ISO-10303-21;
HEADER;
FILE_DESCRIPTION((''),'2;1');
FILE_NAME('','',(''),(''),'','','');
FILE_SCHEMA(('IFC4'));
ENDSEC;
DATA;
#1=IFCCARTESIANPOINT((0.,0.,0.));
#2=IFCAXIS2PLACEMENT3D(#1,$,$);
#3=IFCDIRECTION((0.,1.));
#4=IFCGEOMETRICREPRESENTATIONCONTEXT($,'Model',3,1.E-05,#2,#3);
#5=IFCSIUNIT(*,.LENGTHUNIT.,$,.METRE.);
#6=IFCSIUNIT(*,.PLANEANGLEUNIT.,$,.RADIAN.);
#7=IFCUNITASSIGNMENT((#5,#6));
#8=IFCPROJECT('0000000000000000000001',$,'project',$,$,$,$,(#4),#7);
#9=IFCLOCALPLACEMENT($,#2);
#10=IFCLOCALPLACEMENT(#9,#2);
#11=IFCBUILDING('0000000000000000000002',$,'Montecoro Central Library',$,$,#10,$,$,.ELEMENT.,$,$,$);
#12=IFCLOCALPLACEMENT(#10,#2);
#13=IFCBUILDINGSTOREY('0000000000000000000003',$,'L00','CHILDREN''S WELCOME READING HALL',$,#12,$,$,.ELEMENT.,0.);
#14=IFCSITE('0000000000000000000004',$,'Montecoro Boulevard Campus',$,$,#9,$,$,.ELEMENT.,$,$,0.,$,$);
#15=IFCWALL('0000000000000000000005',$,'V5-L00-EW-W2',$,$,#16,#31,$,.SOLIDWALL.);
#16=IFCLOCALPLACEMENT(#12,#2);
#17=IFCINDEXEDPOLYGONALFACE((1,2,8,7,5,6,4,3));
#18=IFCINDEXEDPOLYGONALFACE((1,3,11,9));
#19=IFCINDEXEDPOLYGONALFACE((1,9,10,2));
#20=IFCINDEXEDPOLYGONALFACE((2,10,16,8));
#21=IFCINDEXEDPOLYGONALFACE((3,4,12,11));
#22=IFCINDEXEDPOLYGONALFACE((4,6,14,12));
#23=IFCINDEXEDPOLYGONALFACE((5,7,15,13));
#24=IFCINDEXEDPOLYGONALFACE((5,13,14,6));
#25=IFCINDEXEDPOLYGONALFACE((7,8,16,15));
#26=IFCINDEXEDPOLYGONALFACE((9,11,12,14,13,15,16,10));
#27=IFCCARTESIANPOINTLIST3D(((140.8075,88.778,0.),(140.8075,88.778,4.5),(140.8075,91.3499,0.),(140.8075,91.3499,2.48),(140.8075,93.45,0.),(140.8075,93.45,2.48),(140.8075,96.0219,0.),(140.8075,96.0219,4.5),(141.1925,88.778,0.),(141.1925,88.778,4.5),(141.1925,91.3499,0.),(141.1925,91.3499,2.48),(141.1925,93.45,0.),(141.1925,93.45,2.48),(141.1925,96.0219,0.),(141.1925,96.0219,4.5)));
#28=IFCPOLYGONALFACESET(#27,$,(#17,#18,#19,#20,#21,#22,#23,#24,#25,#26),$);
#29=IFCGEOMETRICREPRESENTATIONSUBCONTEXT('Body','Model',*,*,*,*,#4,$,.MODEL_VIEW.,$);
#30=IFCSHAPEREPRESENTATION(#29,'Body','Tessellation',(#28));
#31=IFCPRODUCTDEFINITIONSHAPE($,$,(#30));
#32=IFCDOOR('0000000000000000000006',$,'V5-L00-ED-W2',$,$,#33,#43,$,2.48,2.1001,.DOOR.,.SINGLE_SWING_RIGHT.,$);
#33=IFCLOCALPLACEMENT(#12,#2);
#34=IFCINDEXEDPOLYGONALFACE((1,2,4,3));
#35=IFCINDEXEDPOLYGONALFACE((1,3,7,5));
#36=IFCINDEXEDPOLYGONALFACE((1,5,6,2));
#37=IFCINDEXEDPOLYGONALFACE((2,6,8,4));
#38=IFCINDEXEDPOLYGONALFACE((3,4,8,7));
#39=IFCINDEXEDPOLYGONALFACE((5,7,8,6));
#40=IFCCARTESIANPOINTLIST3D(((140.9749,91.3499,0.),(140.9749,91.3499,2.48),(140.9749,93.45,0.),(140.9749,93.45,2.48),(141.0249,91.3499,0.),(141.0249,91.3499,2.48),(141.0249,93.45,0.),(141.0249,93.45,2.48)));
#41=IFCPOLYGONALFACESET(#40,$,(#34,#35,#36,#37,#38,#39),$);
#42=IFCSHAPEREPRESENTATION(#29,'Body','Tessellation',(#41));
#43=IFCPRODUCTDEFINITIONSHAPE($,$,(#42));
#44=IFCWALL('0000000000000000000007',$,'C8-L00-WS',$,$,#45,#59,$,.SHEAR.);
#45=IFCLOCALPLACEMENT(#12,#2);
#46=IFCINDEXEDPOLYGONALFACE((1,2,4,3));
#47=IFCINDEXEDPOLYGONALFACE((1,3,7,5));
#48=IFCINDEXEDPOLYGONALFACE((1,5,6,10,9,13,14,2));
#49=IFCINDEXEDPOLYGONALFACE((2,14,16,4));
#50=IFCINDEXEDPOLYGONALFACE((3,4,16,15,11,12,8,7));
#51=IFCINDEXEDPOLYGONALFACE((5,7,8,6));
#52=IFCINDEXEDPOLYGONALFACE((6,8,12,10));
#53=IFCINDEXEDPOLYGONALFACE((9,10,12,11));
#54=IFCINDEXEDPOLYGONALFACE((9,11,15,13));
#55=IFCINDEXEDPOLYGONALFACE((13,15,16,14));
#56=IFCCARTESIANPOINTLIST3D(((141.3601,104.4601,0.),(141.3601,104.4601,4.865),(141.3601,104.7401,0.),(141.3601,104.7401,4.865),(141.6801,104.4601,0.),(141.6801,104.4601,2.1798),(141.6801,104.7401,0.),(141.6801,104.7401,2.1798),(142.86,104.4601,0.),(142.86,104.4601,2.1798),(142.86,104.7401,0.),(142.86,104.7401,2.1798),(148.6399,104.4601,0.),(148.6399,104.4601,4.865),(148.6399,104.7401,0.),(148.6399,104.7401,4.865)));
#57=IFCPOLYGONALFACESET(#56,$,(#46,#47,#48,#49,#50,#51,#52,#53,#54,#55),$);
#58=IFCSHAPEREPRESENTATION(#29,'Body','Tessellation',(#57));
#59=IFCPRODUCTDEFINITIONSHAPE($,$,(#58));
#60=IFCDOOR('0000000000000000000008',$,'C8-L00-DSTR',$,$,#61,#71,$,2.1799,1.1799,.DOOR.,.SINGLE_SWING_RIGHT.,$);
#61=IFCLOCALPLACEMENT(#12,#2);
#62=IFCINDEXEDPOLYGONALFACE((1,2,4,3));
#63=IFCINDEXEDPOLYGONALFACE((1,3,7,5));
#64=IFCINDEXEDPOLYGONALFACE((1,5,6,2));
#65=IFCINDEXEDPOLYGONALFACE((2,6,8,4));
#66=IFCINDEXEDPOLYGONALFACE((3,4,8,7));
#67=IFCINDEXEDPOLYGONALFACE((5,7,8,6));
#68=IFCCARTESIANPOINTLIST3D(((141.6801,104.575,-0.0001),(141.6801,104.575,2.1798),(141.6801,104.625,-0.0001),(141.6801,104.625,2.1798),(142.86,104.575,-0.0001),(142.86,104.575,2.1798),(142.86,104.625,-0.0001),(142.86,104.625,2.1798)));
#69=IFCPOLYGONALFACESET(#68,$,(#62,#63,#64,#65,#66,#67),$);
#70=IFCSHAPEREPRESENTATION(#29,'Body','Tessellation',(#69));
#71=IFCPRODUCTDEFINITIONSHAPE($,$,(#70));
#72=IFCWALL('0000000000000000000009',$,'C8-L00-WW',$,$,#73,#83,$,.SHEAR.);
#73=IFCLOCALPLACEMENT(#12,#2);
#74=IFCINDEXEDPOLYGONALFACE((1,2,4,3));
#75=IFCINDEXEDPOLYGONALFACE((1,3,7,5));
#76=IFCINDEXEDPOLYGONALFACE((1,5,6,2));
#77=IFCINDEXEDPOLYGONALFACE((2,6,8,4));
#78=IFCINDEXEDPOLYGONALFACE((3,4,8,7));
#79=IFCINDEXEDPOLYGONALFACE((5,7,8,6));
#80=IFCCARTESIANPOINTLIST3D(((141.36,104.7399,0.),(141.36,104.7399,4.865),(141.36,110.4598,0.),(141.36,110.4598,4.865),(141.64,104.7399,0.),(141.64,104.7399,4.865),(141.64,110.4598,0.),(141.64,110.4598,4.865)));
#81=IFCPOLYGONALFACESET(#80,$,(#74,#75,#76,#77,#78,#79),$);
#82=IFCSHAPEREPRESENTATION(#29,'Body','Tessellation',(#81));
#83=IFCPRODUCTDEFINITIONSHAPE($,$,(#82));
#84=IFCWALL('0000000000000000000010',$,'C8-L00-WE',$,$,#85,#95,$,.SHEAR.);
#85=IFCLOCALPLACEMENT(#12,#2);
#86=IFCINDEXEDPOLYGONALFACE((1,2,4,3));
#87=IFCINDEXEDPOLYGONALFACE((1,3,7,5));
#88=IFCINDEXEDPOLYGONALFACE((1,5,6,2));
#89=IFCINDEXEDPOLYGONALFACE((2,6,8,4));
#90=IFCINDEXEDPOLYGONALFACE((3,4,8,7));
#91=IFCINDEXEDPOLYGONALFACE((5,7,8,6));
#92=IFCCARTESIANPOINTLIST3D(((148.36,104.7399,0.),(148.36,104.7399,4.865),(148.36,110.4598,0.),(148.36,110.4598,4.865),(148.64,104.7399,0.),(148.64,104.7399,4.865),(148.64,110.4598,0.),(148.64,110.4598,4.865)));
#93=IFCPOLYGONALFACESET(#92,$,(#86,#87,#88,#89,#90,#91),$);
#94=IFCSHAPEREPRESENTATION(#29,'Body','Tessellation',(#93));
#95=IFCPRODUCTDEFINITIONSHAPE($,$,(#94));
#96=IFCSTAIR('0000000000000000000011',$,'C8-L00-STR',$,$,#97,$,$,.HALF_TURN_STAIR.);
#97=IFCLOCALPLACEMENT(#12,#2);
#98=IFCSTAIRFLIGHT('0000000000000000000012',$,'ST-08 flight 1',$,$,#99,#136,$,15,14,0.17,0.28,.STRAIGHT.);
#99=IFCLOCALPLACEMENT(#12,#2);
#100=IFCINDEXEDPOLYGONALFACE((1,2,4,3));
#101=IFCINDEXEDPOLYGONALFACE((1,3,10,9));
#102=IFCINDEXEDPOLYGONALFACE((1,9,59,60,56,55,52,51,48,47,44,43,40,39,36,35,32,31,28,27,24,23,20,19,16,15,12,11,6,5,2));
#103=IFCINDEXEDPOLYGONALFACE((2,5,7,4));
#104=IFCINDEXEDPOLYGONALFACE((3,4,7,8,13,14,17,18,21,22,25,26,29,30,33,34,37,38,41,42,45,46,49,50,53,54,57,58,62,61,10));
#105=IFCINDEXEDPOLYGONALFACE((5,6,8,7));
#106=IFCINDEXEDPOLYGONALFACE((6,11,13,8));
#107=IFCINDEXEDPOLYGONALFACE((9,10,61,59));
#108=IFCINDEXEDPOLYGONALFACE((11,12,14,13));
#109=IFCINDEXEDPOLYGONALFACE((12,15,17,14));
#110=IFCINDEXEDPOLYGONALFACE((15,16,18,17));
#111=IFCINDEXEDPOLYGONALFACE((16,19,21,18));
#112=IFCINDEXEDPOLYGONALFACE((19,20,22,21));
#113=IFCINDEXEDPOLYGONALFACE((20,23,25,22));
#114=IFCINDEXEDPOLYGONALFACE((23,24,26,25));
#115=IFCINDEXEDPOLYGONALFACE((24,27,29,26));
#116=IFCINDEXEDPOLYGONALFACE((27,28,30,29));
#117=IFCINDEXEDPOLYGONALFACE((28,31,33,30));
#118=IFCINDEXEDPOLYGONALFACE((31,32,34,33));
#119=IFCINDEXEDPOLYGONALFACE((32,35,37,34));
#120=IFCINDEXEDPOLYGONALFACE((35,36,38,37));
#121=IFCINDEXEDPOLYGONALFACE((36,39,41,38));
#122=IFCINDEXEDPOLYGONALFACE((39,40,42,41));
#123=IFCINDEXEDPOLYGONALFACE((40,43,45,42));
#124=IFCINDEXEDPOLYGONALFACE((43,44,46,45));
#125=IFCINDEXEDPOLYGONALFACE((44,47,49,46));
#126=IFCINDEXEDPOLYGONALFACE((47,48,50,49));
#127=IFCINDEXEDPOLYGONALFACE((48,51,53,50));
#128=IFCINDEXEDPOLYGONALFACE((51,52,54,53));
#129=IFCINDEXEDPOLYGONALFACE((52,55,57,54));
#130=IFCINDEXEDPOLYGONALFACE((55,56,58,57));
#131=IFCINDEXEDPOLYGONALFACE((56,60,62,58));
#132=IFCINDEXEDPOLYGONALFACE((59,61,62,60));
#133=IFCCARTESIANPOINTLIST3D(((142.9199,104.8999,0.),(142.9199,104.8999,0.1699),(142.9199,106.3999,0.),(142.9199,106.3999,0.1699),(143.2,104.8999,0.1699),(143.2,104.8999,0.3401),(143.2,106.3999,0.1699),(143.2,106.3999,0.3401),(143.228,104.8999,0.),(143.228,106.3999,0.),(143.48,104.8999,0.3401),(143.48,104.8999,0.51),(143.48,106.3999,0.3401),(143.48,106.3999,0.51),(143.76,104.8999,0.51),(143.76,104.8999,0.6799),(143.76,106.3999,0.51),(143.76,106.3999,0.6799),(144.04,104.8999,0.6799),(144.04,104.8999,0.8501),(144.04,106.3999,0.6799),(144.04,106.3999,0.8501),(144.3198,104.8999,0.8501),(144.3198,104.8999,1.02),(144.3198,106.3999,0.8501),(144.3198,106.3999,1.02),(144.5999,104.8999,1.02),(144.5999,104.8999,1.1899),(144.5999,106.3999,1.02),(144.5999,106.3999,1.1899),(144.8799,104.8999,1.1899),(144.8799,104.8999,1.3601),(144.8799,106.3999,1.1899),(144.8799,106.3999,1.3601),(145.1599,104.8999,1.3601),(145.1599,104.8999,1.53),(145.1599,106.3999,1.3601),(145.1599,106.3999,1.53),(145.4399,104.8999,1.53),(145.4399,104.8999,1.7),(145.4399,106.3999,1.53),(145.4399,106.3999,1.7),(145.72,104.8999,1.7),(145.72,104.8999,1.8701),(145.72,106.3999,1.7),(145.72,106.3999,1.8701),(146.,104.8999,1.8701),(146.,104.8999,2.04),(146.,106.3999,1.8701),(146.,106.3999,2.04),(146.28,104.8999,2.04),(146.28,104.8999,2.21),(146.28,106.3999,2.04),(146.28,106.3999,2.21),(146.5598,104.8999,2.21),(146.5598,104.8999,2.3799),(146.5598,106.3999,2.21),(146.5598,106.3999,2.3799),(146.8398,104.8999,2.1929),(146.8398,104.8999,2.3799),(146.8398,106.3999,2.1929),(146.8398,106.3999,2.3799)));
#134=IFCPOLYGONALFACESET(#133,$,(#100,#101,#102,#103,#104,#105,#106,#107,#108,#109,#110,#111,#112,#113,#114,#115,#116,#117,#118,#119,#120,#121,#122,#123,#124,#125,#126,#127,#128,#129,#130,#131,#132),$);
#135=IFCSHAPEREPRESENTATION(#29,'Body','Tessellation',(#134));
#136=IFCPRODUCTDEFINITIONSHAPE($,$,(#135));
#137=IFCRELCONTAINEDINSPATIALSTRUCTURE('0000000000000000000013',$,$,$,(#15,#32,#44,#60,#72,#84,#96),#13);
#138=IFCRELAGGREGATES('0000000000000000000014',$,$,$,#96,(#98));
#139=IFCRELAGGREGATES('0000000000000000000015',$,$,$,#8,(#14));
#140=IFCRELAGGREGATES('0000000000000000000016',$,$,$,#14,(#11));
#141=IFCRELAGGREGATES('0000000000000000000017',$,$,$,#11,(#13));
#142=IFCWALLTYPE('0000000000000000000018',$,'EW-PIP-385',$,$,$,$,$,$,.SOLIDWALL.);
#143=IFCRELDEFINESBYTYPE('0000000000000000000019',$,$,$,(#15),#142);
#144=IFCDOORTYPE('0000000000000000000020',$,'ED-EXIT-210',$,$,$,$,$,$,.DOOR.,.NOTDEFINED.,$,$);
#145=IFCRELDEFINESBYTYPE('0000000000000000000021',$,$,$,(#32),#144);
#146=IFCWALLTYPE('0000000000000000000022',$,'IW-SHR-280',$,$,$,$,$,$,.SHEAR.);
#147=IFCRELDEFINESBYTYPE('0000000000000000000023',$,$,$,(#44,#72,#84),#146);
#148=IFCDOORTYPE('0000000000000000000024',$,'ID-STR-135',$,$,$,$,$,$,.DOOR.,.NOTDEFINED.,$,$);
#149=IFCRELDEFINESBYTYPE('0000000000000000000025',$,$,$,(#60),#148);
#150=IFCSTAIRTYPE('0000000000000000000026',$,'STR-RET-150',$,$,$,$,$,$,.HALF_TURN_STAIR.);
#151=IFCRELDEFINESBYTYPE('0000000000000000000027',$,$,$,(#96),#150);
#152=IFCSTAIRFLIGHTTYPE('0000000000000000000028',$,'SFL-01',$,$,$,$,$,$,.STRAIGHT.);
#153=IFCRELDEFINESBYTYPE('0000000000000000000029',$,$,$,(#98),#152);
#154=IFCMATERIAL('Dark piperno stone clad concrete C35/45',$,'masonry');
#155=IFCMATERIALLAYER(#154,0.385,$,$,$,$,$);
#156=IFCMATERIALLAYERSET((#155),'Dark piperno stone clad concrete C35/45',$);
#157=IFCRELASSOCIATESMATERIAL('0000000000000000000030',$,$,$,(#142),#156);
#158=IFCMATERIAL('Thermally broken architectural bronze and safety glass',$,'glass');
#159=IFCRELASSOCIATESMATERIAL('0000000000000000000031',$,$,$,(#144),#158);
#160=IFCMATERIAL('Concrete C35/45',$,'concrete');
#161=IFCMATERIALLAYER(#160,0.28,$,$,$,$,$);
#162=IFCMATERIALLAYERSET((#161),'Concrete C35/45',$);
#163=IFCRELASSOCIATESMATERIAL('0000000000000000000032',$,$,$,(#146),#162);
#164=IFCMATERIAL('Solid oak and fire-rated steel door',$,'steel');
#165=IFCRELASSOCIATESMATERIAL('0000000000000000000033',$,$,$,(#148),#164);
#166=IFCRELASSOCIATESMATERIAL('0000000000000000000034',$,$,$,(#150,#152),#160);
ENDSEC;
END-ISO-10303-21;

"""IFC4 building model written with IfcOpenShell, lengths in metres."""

from ifc_helpers import new_model, si_unit, direction, frame, frame_2d, origin, place, context, subcontext, project, spatial, polyline, rectangle, outline, extrude, material, layer, layer_set, type_object, element, fill, aggregate, save


model = new_model("IFC4")

# Units and contexts
model_context = context("Model", 3, precision=1e-05, world=origin(), true_north=direction((0.0, 1.0)))
body_context = subcontext(model_context, "Body", "Model", "MODEL_VIEW")
ifc_project = project(units=[si_unit("LENGTHUNIT", "METRE"), si_unit("PLANEANGLEUNIT", "RADIAN")], contexts=[model_context])

# Site, building, storey
site_placement = place(None, origin())
site = spatial("IfcSite", under=ifc_project, at=site_placement, Name="Montecoro Boulevard Campus", CompositionType="ELEMENT", RefElevation=0.0)
building_placement = place(site_placement, origin())
building = spatial("IfcBuilding", under=site, at=building_placement, Name="Montecoro Central Library", CompositionType="ELEMENT")
storey_placement = place(building_placement, origin())
storey = spatial("IfcBuildingStorey", under=building, at=storey_placement, Name="L00", Description="CHILDREN'S WELCOME READING HALL", CompositionType="ELEMENT", Elevation=0.0)

# Shared definitions
ifc_material_1 = material(Name="Concrete C35/45", Category="concrete")

# Shared definitions
ifc_material_2 = material(Name="Dark piperno stone clad concrete C35/45", Category="masonry")
ifc_layer_1 = layer(ifc_material_2, 0.385)
ifc_layer_set_1 = layer_set([ifc_layer_1], Name="Dark piperno stone clad concrete C35/45")
wall_type_1 = type_object("IfcWallType", Name="EW-PIP-385", PredefinedType="SOLIDWALL", material=ifc_layer_set_1)

# Walls, openings, doors
wall_1_placement = place(storey_placement, frame((141.0, 96.022, 0.0), z_axis=(0.0, 0.0, 1.0), x_axis=(0.0, -1.0, 0.0)))
wall_1 = element("IfcWall", 1, at=wall_1_placement, inside=storey, type_object=wall_type_1, Name="V5-L00-EW-W2", PredefinedType="SOLIDWALL", context=body_context, shape_type="SweptSolid", body=[
    extrude(rectangle(XDim=7.2439, YDim=0.385, at=frame_2d((3.6221, 0.0))), origin(), (0.0, 0.0, 1.0), 4.5),
])
opening_1_placement = place(wall_1_placement, frame((2.572, 0.0, 0.0)))
opening_1 = element("IfcOpeningElement", 2, at=opening_1_placement, cuts=wall_1, PredefinedType="OPENING", context=body_context, shape_type="SweptSolid", body=[
    extrude(rectangle(XDim=2.1001, YDim=2.48, at=frame_2d((1.05, 1.24))), frame((0.0, 0.2024, 0.0), z_axis=(0.0, -1.0, 0.0), x_axis=(1.0, 0.0, 0.0)), (0.0, 0.0, 1.0), 0.405),
])
ifc_material_3 = material(Name="Thermally broken architectural bronze and safety glass", Category="glass")
door_type_1 = type_object("IfcDoorType", Name="ED-EXIT-210", OperationType="NOTDEFINED", PredefinedType="DOOR", material=ifc_material_3)
door_1_placement = place(opening_1_placement, origin())
door_1 = element("IfcDoor", 3, at=door_1_placement, inside=storey, type_object=door_type_1, Name="V5-L00-ED-W2", OperationType="SINGLE_SWING_RIGHT", OverallHeight=2.48, OverallWidth=2.1001, PredefinedType="DOOR", context=body_context, shape_type="SweptSolid", body=[
    extrude(rectangle(XDim=2.1001, YDim=2.48, at=frame_2d((1.05, 1.24))), frame((0.0, 0.0249, 0.0), z_axis=(0.0, -1.0, 0.0), x_axis=(1.0, 0.0, 0.0)), (0.0, 0.0, 1.0), 0.05),
])
fill(opening_1, door_1)
ifc_layer_2 = layer(ifc_material_1, 0.28)
ifc_layer_set_2 = layer_set([ifc_layer_2], Name="Concrete C35/45")
wall_type_2 = type_object("IfcWallType", Name="IW-SHR-280", PredefinedType="SHEAR", material=ifc_layer_set_2)
wall_2_placement = place(storey_placement, frame((141.3601, 104.6001, 0.0), z_axis=(0.0, 0.0, 1.0), x_axis=(1.0, 0.0, 0.0)))
wall_2 = element("IfcWall", 4, at=wall_2_placement, inside=storey, type_object=wall_type_2, Name="C8-L00-WS", PredefinedType="SHEAR", context=body_context, shape_type="SweptSolid", body=[
    extrude(rectangle(XDim=7.2798, YDim=0.28, at=frame_2d((3.6399, 0.0))), origin(), (0.0, 0.0, 1.0), 4.865),
])
opening_2_placement = place(wall_2_placement, frame((0.3201, 0.0, 0.0)))
opening_2 = element("IfcOpeningElement", 5, at=opening_2_placement, cuts=wall_2, PredefinedType="OPENING", context=body_context, shape_type="SweptSolid", body=[
    extrude(rectangle(XDim=1.1799, YDim=2.1799, at=frame_2d((0.5898, 1.0898))), frame((0.0, 0.1499, 0.0), z_axis=(0.0, -1.0, 0.0), x_axis=(1.0, 0.0, 0.0)), (0.0, 0.0, 1.0), 0.3),
])
ifc_material_4 = material(Name="Solid oak and fire-rated steel door", Category="steel")
door_type_2 = type_object("IfcDoorType", Name="ID-STR-135", OperationType="NOTDEFINED", PredefinedType="DOOR", material=ifc_material_4)
door_2_placement = place(opening_2_placement, origin())
door_2 = element("IfcDoor", 6, at=door_2_placement, inside=storey, type_object=door_type_2, Name="C8-L00-DSTR", OperationType="SINGLE_SWING_RIGHT", OverallHeight=2.1799, OverallWidth=1.1799, PredefinedType="DOOR", context=body_context, shape_type="SweptSolid", body=[
    extrude(rectangle(XDim=1.1799, YDim=2.1799, at=frame_2d((0.5898, 1.0898))), frame((0.0, 0.0249, 0.0), z_axis=(0.0, -1.0, 0.0), x_axis=(1.0, 0.0, 0.0)), (0.0, 0.0, 1.0), 0.05),
])
fill(opening_2, door_2)

# Walls
for number, where, z_axis, x_axis, name in (
    (7, (141.5, 104.74, 0.0), (0.0, 0.0, 1.0), (0.0, 1.0, 0.0), "C8-L00-WW"),
    (8, (148.5, 104.74, 0.0), (0.0, 0.0, 1.0), (0.0, 1.0, 0.0), "C8-L00-WE"),
):
    element("IfcWall", number, at=place(storey_placement, frame(where, z_axis=z_axis, x_axis=x_axis)), inside=storey, type_object=wall_type_2, Name=name, PredefinedType="SHEAR", context=body_context, shape_type="SweptSolid", body=[
        extrude(rectangle(XDim=5.72, YDim=0.28, at=frame_2d((2.8599, 0.0))), origin(), (0.0, 0.0, 1.0), 4.865),
    ])

# Stair, stair flight
stair_type = type_object("IfcStairType", Name="STR-RET-150", PredefinedType="HALF_TURN_STAIR", material=ifc_material_1)
stair_placement = place(storey_placement, origin())
stair = element("IfcStair", 9, at=stair_placement, inside=storey, type_object=stair_type, Name="C8-L00-STR", PredefinedType="HALF_TURN_STAIR")
stair_flight_type = type_object("IfcStairFlightType", Name="SFL-01", PredefinedType="STRAIGHT", material=ifc_material_1)
stair_flight_placement = place(storey_placement, frame((142.9199, 105.6499, 0.0), z_axis=(0.0, 0.0, 1.0), x_axis=(1.0, 0.0, 0.0)))
stair_flight = element("IfcStairFlight", 10, at=stair_flight_placement, type_object=stair_flight_type, Name="ST-08 flight 1", NumberOfRisers=15, NumberOfTreads=14, PredefinedType="STRAIGHT", RiserHeight=0.17, TreadLength=0.28, context=body_context, shape_type="SweptSolid", body=[
    extrude(outline(polyline([(0.0, 0.0), (0.0, 0.1699), (0.28, 0.1699), (0.28, 0.3401), (0.5601, 0.3401), (0.5601, 0.51), (0.8401, 0.51), (0.8401, 0.6799), (1.1201, 0.6799), (1.1201, 0.8501), (1.3999, 0.8501), (1.3999, 1.02), (1.6799, 1.02), (1.6799, 1.1899), (1.96, 1.1899), (1.96, 1.3601), (2.24, 1.3601), (2.24, 1.53), (2.52, 1.53), (2.52, 1.7), (2.8, 1.7), (2.8, 1.8701), (3.0801, 1.8701), (3.0801, 2.04), (3.3601, 2.04), (3.3601, 2.21), (3.6399, 2.21), (3.6399, 2.3799), (3.9199, 2.3799), (3.9199, 2.55), (3.9199, 2.1929), (0.3081, 0.0), (0.0, 0.0)])), frame((0.0, 0.75, 0.0), z_axis=(0.0, -1.0, 0.0), x_axis=(1.0, 0.0, 0.0)), (0.0, 0.0, 1.0), 1.5),
])
aggregate(stair, [stair_flight])

save(model, "model.ifc")
